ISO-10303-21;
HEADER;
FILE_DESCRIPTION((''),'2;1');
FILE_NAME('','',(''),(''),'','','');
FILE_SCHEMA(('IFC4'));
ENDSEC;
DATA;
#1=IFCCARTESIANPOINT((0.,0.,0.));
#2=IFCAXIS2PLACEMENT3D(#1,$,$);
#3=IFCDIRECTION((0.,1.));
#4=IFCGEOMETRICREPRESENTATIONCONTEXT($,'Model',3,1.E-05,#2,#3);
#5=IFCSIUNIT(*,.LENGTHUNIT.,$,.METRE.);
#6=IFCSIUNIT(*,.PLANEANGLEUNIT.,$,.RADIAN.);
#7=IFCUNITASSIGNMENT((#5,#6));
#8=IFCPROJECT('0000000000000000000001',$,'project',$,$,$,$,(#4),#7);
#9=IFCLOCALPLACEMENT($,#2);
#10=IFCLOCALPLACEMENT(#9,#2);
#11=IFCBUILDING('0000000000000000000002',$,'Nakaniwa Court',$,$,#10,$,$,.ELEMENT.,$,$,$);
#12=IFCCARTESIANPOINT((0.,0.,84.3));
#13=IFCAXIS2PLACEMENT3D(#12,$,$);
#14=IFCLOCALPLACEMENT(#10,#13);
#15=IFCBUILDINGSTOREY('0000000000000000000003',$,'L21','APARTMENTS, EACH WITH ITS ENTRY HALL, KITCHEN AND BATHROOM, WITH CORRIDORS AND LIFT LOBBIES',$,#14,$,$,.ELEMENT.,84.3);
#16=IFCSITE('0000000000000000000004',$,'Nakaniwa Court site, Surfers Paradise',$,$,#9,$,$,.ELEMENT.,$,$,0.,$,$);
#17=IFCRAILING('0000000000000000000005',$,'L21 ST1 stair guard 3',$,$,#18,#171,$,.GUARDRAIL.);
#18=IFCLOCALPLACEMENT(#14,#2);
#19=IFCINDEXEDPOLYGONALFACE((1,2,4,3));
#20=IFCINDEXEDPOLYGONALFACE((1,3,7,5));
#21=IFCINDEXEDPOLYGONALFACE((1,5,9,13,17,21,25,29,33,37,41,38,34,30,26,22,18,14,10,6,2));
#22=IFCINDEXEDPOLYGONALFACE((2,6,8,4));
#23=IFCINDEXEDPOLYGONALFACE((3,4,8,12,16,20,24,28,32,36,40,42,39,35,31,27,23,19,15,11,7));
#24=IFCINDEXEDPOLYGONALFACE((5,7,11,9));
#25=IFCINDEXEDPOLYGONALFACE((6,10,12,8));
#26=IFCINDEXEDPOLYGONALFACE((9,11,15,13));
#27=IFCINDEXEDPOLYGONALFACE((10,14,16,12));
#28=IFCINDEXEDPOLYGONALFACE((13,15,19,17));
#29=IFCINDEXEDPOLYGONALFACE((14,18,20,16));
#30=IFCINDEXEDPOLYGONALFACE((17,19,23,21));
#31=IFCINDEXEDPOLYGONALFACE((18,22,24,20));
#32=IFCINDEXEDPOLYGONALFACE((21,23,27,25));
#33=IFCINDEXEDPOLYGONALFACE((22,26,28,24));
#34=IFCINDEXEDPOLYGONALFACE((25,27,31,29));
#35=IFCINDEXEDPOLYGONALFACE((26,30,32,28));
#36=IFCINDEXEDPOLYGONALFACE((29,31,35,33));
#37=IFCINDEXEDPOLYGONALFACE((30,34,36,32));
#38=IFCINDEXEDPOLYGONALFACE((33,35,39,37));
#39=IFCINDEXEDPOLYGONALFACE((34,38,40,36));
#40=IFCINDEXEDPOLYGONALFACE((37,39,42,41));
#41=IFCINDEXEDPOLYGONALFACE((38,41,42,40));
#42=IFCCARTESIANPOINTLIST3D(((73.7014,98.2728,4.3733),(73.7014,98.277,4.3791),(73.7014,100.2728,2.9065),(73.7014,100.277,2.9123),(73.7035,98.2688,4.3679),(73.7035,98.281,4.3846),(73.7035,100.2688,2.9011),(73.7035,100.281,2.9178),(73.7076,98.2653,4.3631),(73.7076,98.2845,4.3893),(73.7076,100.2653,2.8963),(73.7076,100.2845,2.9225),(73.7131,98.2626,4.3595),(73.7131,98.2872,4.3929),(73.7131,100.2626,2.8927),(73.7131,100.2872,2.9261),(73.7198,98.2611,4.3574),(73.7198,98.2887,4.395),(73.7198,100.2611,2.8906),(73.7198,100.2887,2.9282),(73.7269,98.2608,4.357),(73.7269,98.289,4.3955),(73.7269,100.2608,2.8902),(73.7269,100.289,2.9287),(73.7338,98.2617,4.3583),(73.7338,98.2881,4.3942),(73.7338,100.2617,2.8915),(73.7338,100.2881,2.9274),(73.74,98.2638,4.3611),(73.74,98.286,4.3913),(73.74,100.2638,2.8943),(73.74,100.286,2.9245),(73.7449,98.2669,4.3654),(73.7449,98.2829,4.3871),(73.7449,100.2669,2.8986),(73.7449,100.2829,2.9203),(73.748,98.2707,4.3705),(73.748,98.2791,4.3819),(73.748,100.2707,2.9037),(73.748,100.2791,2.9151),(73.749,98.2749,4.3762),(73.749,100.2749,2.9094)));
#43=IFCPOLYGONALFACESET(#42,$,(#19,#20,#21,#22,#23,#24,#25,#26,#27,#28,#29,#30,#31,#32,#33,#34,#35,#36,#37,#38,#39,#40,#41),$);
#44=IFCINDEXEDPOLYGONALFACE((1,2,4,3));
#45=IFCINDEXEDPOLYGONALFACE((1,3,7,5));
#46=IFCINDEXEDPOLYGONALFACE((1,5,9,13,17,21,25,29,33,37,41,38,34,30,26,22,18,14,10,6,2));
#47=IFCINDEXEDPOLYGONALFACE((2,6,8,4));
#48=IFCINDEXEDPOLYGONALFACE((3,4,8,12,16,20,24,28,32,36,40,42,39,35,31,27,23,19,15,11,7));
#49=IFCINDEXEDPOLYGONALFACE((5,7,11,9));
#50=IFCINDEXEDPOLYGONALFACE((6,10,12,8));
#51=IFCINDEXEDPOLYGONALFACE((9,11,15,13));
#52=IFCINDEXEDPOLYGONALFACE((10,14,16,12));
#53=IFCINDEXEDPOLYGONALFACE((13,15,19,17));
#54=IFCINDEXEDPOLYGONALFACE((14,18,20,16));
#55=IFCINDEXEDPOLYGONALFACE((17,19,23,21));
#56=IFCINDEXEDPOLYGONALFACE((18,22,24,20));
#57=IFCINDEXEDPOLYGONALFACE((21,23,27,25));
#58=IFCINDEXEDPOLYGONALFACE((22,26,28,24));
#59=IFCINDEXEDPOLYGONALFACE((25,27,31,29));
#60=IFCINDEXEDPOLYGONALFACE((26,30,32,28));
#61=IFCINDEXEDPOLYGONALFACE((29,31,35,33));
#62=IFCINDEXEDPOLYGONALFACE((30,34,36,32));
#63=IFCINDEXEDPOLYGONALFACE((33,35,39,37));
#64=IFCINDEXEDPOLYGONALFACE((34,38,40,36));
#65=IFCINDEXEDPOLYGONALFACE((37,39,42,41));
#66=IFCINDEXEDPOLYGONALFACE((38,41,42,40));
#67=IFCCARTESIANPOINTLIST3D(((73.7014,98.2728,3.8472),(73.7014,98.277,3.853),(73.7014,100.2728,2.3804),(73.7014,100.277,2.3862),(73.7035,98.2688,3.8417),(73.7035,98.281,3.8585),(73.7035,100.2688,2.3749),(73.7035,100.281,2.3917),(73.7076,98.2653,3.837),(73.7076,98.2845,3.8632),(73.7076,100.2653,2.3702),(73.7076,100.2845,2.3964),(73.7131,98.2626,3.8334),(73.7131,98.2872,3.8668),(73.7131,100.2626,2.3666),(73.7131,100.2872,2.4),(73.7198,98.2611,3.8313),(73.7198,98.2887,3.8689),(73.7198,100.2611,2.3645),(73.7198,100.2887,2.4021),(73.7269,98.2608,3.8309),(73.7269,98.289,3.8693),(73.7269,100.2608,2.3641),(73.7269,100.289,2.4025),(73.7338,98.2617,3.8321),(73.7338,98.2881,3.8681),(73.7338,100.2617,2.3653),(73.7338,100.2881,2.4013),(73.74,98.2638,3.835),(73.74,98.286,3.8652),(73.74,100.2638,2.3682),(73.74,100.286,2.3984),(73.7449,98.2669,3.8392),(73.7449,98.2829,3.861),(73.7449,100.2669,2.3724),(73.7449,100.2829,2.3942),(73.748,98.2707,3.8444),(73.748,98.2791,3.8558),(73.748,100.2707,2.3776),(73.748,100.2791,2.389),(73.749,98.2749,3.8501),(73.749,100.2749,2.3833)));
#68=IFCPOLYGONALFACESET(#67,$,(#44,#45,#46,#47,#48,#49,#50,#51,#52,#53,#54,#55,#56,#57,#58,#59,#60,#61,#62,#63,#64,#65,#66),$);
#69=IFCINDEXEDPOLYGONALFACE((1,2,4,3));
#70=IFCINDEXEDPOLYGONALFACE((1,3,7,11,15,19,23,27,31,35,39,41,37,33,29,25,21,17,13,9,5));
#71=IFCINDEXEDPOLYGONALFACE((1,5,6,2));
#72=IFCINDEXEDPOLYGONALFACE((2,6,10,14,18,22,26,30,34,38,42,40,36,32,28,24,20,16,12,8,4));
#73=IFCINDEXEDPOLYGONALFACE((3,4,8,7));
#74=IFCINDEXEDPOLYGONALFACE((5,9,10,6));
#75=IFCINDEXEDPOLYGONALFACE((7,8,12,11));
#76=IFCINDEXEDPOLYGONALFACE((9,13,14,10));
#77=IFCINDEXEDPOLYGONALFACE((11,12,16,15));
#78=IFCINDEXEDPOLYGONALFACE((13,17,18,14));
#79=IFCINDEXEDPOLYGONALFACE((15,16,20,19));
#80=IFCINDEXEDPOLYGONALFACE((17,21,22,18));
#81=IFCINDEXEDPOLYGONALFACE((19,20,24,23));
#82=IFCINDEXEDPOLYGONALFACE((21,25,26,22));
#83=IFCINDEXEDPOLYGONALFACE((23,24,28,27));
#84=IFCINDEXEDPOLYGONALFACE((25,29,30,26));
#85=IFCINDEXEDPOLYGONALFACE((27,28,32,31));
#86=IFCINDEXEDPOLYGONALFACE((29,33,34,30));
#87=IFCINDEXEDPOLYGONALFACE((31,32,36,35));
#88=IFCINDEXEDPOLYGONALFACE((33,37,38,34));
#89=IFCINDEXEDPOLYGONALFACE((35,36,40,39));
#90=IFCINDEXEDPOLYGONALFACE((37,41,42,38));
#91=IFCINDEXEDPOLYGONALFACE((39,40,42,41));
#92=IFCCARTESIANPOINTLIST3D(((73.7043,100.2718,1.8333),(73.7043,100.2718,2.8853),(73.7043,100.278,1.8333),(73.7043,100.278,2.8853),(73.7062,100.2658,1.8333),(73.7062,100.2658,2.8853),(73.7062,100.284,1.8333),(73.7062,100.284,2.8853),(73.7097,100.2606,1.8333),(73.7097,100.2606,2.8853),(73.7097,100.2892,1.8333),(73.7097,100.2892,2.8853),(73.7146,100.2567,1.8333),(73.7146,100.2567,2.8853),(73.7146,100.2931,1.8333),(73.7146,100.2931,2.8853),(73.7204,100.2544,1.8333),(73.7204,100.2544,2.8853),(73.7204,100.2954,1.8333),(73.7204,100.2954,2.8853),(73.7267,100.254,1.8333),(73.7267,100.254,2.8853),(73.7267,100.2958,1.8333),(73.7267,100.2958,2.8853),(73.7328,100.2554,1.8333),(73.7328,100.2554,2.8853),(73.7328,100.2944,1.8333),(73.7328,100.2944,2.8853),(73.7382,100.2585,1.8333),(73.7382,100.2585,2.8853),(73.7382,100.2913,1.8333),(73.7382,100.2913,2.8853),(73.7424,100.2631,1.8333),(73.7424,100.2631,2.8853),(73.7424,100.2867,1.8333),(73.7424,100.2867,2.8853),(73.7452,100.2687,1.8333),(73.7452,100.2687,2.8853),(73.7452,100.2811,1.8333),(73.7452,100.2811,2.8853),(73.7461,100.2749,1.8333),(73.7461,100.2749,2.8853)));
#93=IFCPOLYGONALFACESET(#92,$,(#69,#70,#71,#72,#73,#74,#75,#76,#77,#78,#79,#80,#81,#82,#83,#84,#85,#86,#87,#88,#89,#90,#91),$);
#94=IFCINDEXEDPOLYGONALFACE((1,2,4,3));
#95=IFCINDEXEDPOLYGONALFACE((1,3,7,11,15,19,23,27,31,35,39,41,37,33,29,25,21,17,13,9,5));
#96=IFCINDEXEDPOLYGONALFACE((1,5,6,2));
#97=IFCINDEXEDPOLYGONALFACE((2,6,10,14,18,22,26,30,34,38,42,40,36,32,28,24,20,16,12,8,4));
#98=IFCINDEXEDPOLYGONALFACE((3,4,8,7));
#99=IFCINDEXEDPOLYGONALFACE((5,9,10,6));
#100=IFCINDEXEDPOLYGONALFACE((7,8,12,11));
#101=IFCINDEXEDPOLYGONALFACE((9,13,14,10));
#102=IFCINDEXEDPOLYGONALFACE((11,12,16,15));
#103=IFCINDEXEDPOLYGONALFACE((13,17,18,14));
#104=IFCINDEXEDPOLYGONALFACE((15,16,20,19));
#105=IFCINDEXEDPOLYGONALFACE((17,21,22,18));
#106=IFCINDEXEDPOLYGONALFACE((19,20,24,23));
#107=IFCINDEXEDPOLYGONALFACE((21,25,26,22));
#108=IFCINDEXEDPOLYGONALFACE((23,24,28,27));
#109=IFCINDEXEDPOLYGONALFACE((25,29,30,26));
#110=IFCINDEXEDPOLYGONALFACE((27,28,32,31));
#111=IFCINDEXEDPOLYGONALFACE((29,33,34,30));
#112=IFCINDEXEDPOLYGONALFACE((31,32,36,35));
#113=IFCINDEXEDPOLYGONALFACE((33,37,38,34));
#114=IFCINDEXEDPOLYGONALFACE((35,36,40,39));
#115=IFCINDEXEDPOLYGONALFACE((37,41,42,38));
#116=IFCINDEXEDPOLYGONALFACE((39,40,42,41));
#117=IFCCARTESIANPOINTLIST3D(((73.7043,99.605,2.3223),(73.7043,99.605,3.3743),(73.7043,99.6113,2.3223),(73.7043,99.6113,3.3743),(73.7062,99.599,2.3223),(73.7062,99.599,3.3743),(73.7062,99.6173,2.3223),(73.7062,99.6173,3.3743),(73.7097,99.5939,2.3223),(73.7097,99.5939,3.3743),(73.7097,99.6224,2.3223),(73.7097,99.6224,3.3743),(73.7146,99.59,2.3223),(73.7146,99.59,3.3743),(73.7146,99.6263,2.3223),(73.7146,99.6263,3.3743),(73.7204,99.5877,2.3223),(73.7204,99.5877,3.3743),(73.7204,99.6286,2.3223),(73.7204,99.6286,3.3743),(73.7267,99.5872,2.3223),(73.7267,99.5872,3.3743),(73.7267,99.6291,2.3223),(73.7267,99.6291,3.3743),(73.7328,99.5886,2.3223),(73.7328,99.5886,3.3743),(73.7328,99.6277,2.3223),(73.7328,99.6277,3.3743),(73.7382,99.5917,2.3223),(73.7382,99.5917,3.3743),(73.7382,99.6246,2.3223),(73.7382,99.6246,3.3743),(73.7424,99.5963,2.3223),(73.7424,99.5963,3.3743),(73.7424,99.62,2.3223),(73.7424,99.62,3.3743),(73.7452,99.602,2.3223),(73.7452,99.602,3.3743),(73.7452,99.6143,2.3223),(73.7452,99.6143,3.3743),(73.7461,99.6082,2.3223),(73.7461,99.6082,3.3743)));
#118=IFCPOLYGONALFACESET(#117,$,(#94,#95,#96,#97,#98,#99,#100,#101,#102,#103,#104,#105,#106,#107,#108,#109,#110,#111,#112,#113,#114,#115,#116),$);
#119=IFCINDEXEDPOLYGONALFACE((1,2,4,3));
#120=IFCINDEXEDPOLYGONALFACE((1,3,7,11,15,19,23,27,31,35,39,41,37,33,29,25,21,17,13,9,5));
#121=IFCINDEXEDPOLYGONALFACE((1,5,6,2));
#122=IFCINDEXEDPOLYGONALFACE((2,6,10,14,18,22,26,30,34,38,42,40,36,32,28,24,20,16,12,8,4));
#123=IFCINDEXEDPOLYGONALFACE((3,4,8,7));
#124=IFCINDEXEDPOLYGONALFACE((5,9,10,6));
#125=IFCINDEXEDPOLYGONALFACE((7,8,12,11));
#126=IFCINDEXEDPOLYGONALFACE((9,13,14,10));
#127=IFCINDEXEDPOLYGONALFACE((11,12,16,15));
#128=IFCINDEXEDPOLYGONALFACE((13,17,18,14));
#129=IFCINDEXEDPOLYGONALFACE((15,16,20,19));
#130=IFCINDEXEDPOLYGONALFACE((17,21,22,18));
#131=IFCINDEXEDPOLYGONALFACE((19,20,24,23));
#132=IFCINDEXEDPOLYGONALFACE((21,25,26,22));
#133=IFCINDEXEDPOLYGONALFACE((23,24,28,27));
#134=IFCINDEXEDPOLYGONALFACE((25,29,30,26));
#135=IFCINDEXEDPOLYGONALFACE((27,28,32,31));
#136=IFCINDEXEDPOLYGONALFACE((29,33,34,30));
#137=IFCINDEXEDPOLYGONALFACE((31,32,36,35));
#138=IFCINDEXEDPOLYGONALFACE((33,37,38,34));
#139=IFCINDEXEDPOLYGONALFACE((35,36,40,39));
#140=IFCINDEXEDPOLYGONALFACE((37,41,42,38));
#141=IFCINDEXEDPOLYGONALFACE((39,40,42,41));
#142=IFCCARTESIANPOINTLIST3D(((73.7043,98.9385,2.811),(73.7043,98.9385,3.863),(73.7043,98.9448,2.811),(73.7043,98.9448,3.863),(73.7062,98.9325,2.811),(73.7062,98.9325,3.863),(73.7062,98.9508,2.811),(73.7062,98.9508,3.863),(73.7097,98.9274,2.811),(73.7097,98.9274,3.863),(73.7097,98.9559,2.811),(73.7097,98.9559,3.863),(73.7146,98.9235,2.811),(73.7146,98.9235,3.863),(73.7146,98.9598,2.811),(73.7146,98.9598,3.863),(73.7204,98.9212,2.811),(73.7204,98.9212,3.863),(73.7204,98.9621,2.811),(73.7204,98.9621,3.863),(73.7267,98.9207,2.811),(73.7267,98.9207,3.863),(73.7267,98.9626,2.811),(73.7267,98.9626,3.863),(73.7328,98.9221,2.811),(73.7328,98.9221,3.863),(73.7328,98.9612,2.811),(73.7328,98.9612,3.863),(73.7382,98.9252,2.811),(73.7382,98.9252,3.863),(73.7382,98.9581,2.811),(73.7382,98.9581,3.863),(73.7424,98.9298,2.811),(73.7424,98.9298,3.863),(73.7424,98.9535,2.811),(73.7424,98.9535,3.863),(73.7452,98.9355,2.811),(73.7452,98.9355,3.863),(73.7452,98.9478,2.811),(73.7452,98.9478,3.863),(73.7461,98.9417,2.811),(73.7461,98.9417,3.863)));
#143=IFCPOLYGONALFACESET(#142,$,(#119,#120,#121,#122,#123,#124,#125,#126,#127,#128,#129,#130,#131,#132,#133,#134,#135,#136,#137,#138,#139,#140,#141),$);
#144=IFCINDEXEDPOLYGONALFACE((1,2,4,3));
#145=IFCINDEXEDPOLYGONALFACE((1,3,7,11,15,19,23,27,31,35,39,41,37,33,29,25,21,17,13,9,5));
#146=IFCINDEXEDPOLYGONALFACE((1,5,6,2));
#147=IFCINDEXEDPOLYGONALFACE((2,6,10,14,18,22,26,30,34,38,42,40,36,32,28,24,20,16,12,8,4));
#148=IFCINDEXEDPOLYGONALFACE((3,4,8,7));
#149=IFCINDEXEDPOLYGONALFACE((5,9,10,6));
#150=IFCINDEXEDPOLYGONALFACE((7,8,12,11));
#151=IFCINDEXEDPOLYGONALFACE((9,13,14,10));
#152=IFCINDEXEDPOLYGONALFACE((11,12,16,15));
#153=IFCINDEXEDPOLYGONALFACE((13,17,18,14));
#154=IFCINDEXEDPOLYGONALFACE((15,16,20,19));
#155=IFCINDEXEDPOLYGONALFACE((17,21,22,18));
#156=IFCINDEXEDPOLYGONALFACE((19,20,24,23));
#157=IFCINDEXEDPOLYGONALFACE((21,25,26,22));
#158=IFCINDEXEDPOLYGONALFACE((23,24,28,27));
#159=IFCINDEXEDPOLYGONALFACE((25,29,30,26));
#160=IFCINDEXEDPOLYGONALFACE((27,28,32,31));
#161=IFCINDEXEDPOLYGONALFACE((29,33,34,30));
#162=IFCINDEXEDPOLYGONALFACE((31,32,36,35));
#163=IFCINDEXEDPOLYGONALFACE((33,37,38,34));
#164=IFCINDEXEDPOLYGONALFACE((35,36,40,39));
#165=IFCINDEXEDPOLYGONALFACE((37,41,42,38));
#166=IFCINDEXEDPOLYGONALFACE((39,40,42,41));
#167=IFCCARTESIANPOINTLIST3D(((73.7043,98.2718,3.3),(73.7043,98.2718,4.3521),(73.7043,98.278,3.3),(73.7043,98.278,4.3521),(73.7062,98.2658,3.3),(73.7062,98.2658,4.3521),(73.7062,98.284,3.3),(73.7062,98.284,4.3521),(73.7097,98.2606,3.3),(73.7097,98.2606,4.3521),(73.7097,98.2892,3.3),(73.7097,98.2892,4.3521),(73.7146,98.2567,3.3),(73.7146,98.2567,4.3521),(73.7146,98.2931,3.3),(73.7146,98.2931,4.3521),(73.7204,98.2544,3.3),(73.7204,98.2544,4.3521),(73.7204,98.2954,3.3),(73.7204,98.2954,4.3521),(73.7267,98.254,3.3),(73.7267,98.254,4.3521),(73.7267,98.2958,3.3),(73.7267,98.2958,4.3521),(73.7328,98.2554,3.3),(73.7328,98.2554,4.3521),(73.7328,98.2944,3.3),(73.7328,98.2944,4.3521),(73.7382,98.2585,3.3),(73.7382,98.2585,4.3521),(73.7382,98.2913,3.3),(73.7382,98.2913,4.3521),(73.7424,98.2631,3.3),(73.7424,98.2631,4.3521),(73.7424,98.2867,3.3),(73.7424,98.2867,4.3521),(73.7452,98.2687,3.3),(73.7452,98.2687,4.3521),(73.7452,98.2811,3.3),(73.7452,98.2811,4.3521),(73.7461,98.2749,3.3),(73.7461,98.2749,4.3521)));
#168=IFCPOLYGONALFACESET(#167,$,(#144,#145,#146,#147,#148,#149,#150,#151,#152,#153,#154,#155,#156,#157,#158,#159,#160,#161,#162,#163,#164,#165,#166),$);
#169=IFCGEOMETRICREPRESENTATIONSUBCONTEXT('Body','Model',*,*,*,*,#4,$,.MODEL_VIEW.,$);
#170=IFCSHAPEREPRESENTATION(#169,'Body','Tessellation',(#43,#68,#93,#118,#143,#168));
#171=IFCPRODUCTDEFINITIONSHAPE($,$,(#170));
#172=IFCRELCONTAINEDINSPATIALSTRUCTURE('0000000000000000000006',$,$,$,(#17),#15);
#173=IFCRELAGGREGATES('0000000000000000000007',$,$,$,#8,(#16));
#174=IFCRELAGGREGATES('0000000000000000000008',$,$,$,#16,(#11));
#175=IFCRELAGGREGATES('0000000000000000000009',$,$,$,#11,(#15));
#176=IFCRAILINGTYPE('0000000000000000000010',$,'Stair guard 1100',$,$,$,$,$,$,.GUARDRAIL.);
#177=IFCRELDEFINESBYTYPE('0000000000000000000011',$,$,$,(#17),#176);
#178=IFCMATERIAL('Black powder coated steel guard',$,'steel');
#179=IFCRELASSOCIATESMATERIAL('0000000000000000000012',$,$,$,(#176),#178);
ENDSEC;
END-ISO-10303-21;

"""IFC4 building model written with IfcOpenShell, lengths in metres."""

from ifc_helpers import new_model, si_unit, direction, frame, origin, origin_2d, place, context, subcontext, project, spatial, circle, extrude, material, type_object, element, save


model = new_model("IFC4")

# Units and contexts
model_context = context("Model", 3, precision=1e-05, world=origin(), true_north=direction((0.0, 1.0)))
body_context = subcontext(model_context, "Body", "Model", "MODEL_VIEW")
ifc_project = project(units=[si_unit("LENGTHUNIT", "METRE"), si_unit("PLANEANGLEUNIT", "RADIAN")], contexts=[model_context])

# Site, building, storey
site_placement = place(None, origin())
site = spatial("IfcSite", under=ifc_project, at=site_placement, Name="Nakaniwa Court site, Surfers Paradise", CompositionType="ELEMENT", RefElevation=0.0)
building_placement = place(site_placement, origin())
building = spatial("IfcBuilding", under=site, at=building_placement, Name="Nakaniwa Court", CompositionType="ELEMENT")
storey_placement = place(building_placement, frame((0.0, 0.0, 84.3)))
storey = spatial("IfcBuildingStorey", under=building, at=storey_placement, Name="L21", Description="APARTMENTS, EACH WITH ITS ENTRY HALL, KITCHEN AND BATHROOM, WITH CORRIDORS AND LIFT LOBBIES", CompositionType="ELEMENT", Elevation=84.3)

# Railing
ifc_material_1 = material(Name="Black powder coated steel guard", Category="steel")
railing_type_1 = type_object("IfcRailingType", Name="Stair guard 1100", PredefinedType="GUARDRAIL", material=ifc_material_1)
railing_1_placement = place(storey_placement, frame((73.7251, 100.2749, 1.8333)))
element("IfcRailing", 1, at=railing_1_placement, inside=storey, type_object=railing_type_1, Name="L21 ST1 stair guard 3", PredefinedType="GUARDRAIL", context=body_context, shape_type="SweptSolid", body=[
    extrude(circle(Radius=0.0239, at=origin_2d()), frame((0.0, 0.0, 1.0762), z_axis=(0.0, -0.80638, 0.591398), x_axis=(1.0, 0.0, 0.0)), (0.0, 0.0, 1.0), 2.4802),
    extrude(circle(Radius=0.0239, at=origin_2d()), frame((0.0, 0.0, 0.55), z_axis=(0.0, -0.80638, 0.591398), x_axis=(1.0, 0.0, 0.0)), (0.0, 0.0, 1.0), 2.4802),
    extrude(circle(Radius=0.021, at=origin_2d()), origin(), (0.0, 0.0, 1.0), 1.052),
    extrude(circle(Radius=0.021, at=origin_2d()), frame((0.0, -0.6667, 0.489)), (0.0, 0.0, 1.0), 1.052),
    extrude(circle(Radius=0.021, at=origin_2d()), frame((0.0, -1.3333, 0.9778)), (0.0, 0.0, 1.0), 1.052),
    extrude(circle(Radius=0.021, at=origin_2d()), frame((0.0, -2.0, 1.4668)), (0.0, 0.0, 1.0), 1.052),
])

save(model, "model.ifc")
